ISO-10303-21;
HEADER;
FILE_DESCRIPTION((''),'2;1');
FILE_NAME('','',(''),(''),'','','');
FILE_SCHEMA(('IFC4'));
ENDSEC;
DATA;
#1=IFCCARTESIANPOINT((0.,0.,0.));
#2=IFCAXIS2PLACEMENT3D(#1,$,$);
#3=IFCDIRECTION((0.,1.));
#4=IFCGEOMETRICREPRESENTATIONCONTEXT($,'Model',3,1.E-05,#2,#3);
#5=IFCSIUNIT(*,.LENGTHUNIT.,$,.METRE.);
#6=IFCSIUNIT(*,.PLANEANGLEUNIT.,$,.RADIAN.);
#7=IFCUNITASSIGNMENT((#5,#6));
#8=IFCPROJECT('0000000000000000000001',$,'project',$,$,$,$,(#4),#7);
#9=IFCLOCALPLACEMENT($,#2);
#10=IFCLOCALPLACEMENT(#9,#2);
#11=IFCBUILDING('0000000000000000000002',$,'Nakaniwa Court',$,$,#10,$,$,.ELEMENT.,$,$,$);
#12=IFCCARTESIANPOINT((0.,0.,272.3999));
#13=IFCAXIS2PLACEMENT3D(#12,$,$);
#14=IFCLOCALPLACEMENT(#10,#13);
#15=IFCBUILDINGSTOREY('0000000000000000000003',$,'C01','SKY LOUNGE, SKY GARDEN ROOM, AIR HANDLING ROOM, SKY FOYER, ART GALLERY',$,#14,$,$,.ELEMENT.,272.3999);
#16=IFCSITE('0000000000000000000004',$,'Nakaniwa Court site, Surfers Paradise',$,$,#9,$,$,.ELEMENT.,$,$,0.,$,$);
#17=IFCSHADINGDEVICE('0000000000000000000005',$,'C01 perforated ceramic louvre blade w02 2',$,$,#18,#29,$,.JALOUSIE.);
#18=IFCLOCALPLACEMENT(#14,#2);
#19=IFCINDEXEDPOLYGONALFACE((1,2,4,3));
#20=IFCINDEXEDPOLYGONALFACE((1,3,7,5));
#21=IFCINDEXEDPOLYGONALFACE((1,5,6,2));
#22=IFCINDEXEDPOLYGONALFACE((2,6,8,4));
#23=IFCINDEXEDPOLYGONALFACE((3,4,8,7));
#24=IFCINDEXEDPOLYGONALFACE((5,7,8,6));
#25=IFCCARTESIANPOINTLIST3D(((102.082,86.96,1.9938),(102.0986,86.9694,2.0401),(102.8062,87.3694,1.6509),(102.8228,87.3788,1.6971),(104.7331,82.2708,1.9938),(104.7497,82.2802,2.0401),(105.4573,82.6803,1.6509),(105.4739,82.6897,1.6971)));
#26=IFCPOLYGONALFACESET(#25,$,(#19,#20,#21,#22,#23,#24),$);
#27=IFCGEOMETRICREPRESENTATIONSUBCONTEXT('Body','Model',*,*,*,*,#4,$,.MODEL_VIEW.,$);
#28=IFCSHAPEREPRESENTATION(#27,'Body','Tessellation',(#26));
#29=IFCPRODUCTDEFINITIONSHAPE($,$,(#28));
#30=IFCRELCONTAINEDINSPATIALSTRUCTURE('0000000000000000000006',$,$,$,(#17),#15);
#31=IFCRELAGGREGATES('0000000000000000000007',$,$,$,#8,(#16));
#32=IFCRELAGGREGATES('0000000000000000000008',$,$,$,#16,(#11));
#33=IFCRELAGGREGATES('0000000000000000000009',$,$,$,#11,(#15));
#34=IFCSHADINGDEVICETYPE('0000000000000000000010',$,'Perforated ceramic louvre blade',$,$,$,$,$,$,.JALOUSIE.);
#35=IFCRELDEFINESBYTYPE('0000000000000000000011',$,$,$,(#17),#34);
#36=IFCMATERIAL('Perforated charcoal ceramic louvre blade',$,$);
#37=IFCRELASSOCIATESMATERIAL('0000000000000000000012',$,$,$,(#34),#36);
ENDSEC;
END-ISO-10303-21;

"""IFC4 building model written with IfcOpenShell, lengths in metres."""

from ifc_helpers import new_model, si_unit, direction, frame, origin, origin_2d, place, context, subcontext, project, spatial, rectangle, extrude, material, material_profile, profile_set, type_object, element, save


model = new_model("IFC4")

# Units and contexts
model_context = context("Model", 3, precision=1e-05, world=origin(), true_north=direction((0.0, 1.0)))
body_context = subcontext(model_context, "Body", "Model", "MODEL_VIEW")
ifc_project = project(units=[si_unit("LENGTHUNIT", "METRE"), si_unit("PLANEANGLEUNIT", "RADIAN")], contexts=[model_context])

# Site, building, storey
site_placement = place(None, origin())
site = spatial("IfcSite", under=ifc_project, at=site_placement, Name="Nakaniwa Court site, Surfers Paradise", CompositionType="ELEMENT", RefElevation=0.0)
building_placement = place(site_placement, origin())
building = spatial("IfcBuilding", under=site, at=building_placement, Name="Nakaniwa Court", CompositionType="ELEMENT")
storey_placement = place(building_placement, frame((0.0, 0.0, 272.3999)))
storey = spatial("IfcBuildingStorey", under=building, at=storey_placement, Name="C01", Description="SKY LOUNGE, SKY GARDEN ROOM, AIR HANDLING ROOM, SKY FOYER, ART GALLERY", CompositionType="ELEMENT", Elevation=272.3999)

# Shading device
ifc_material_1 = material(Name="Perforated charcoal ceramic louvre blade")
ifc_material_profile_1 = material_profile(ifc_material_1, rectangle(XDim=0.8999, YDim=0.05, at=origin_2d()), Name="Perforated ceramic louvre blade")
ifc_profile_set_1 = profile_set([ifc_material_profile_1], Name="Perforated charcoal ceramic louvre blade")
shading_device_type = type_object("IfcShadingDeviceType", Name="Perforated ceramic louvre blade", PredefinedType="JALOUSIE", material=ifc_profile_set_1)
for number, where, z_axis, x_axis, name in (
    (1, (105.1035, 82.4802, 1.8455), (-0.492156, 0.870507, 0.0), (-0.804824, -0.455021, 0.38107), "C01 perforated ceramic louvre blade w02 2"),
):
    element("IfcShadingDevice", number, at=place(storey_placement, frame(where, z_axis=z_axis, x_axis=x_axis)), inside=storey, type_object=shading_device_type, Name=name, PredefinedType="JALOUSIE", context=body_context, shape_type="SweptSolid", body=[
        extrude(rectangle(XDim=0.8999, YDim=0.05, at=origin_2d()), origin(), (0.0, 0.0, 1.0), 5.3867),
    ])

save(model, "model.ifc")
